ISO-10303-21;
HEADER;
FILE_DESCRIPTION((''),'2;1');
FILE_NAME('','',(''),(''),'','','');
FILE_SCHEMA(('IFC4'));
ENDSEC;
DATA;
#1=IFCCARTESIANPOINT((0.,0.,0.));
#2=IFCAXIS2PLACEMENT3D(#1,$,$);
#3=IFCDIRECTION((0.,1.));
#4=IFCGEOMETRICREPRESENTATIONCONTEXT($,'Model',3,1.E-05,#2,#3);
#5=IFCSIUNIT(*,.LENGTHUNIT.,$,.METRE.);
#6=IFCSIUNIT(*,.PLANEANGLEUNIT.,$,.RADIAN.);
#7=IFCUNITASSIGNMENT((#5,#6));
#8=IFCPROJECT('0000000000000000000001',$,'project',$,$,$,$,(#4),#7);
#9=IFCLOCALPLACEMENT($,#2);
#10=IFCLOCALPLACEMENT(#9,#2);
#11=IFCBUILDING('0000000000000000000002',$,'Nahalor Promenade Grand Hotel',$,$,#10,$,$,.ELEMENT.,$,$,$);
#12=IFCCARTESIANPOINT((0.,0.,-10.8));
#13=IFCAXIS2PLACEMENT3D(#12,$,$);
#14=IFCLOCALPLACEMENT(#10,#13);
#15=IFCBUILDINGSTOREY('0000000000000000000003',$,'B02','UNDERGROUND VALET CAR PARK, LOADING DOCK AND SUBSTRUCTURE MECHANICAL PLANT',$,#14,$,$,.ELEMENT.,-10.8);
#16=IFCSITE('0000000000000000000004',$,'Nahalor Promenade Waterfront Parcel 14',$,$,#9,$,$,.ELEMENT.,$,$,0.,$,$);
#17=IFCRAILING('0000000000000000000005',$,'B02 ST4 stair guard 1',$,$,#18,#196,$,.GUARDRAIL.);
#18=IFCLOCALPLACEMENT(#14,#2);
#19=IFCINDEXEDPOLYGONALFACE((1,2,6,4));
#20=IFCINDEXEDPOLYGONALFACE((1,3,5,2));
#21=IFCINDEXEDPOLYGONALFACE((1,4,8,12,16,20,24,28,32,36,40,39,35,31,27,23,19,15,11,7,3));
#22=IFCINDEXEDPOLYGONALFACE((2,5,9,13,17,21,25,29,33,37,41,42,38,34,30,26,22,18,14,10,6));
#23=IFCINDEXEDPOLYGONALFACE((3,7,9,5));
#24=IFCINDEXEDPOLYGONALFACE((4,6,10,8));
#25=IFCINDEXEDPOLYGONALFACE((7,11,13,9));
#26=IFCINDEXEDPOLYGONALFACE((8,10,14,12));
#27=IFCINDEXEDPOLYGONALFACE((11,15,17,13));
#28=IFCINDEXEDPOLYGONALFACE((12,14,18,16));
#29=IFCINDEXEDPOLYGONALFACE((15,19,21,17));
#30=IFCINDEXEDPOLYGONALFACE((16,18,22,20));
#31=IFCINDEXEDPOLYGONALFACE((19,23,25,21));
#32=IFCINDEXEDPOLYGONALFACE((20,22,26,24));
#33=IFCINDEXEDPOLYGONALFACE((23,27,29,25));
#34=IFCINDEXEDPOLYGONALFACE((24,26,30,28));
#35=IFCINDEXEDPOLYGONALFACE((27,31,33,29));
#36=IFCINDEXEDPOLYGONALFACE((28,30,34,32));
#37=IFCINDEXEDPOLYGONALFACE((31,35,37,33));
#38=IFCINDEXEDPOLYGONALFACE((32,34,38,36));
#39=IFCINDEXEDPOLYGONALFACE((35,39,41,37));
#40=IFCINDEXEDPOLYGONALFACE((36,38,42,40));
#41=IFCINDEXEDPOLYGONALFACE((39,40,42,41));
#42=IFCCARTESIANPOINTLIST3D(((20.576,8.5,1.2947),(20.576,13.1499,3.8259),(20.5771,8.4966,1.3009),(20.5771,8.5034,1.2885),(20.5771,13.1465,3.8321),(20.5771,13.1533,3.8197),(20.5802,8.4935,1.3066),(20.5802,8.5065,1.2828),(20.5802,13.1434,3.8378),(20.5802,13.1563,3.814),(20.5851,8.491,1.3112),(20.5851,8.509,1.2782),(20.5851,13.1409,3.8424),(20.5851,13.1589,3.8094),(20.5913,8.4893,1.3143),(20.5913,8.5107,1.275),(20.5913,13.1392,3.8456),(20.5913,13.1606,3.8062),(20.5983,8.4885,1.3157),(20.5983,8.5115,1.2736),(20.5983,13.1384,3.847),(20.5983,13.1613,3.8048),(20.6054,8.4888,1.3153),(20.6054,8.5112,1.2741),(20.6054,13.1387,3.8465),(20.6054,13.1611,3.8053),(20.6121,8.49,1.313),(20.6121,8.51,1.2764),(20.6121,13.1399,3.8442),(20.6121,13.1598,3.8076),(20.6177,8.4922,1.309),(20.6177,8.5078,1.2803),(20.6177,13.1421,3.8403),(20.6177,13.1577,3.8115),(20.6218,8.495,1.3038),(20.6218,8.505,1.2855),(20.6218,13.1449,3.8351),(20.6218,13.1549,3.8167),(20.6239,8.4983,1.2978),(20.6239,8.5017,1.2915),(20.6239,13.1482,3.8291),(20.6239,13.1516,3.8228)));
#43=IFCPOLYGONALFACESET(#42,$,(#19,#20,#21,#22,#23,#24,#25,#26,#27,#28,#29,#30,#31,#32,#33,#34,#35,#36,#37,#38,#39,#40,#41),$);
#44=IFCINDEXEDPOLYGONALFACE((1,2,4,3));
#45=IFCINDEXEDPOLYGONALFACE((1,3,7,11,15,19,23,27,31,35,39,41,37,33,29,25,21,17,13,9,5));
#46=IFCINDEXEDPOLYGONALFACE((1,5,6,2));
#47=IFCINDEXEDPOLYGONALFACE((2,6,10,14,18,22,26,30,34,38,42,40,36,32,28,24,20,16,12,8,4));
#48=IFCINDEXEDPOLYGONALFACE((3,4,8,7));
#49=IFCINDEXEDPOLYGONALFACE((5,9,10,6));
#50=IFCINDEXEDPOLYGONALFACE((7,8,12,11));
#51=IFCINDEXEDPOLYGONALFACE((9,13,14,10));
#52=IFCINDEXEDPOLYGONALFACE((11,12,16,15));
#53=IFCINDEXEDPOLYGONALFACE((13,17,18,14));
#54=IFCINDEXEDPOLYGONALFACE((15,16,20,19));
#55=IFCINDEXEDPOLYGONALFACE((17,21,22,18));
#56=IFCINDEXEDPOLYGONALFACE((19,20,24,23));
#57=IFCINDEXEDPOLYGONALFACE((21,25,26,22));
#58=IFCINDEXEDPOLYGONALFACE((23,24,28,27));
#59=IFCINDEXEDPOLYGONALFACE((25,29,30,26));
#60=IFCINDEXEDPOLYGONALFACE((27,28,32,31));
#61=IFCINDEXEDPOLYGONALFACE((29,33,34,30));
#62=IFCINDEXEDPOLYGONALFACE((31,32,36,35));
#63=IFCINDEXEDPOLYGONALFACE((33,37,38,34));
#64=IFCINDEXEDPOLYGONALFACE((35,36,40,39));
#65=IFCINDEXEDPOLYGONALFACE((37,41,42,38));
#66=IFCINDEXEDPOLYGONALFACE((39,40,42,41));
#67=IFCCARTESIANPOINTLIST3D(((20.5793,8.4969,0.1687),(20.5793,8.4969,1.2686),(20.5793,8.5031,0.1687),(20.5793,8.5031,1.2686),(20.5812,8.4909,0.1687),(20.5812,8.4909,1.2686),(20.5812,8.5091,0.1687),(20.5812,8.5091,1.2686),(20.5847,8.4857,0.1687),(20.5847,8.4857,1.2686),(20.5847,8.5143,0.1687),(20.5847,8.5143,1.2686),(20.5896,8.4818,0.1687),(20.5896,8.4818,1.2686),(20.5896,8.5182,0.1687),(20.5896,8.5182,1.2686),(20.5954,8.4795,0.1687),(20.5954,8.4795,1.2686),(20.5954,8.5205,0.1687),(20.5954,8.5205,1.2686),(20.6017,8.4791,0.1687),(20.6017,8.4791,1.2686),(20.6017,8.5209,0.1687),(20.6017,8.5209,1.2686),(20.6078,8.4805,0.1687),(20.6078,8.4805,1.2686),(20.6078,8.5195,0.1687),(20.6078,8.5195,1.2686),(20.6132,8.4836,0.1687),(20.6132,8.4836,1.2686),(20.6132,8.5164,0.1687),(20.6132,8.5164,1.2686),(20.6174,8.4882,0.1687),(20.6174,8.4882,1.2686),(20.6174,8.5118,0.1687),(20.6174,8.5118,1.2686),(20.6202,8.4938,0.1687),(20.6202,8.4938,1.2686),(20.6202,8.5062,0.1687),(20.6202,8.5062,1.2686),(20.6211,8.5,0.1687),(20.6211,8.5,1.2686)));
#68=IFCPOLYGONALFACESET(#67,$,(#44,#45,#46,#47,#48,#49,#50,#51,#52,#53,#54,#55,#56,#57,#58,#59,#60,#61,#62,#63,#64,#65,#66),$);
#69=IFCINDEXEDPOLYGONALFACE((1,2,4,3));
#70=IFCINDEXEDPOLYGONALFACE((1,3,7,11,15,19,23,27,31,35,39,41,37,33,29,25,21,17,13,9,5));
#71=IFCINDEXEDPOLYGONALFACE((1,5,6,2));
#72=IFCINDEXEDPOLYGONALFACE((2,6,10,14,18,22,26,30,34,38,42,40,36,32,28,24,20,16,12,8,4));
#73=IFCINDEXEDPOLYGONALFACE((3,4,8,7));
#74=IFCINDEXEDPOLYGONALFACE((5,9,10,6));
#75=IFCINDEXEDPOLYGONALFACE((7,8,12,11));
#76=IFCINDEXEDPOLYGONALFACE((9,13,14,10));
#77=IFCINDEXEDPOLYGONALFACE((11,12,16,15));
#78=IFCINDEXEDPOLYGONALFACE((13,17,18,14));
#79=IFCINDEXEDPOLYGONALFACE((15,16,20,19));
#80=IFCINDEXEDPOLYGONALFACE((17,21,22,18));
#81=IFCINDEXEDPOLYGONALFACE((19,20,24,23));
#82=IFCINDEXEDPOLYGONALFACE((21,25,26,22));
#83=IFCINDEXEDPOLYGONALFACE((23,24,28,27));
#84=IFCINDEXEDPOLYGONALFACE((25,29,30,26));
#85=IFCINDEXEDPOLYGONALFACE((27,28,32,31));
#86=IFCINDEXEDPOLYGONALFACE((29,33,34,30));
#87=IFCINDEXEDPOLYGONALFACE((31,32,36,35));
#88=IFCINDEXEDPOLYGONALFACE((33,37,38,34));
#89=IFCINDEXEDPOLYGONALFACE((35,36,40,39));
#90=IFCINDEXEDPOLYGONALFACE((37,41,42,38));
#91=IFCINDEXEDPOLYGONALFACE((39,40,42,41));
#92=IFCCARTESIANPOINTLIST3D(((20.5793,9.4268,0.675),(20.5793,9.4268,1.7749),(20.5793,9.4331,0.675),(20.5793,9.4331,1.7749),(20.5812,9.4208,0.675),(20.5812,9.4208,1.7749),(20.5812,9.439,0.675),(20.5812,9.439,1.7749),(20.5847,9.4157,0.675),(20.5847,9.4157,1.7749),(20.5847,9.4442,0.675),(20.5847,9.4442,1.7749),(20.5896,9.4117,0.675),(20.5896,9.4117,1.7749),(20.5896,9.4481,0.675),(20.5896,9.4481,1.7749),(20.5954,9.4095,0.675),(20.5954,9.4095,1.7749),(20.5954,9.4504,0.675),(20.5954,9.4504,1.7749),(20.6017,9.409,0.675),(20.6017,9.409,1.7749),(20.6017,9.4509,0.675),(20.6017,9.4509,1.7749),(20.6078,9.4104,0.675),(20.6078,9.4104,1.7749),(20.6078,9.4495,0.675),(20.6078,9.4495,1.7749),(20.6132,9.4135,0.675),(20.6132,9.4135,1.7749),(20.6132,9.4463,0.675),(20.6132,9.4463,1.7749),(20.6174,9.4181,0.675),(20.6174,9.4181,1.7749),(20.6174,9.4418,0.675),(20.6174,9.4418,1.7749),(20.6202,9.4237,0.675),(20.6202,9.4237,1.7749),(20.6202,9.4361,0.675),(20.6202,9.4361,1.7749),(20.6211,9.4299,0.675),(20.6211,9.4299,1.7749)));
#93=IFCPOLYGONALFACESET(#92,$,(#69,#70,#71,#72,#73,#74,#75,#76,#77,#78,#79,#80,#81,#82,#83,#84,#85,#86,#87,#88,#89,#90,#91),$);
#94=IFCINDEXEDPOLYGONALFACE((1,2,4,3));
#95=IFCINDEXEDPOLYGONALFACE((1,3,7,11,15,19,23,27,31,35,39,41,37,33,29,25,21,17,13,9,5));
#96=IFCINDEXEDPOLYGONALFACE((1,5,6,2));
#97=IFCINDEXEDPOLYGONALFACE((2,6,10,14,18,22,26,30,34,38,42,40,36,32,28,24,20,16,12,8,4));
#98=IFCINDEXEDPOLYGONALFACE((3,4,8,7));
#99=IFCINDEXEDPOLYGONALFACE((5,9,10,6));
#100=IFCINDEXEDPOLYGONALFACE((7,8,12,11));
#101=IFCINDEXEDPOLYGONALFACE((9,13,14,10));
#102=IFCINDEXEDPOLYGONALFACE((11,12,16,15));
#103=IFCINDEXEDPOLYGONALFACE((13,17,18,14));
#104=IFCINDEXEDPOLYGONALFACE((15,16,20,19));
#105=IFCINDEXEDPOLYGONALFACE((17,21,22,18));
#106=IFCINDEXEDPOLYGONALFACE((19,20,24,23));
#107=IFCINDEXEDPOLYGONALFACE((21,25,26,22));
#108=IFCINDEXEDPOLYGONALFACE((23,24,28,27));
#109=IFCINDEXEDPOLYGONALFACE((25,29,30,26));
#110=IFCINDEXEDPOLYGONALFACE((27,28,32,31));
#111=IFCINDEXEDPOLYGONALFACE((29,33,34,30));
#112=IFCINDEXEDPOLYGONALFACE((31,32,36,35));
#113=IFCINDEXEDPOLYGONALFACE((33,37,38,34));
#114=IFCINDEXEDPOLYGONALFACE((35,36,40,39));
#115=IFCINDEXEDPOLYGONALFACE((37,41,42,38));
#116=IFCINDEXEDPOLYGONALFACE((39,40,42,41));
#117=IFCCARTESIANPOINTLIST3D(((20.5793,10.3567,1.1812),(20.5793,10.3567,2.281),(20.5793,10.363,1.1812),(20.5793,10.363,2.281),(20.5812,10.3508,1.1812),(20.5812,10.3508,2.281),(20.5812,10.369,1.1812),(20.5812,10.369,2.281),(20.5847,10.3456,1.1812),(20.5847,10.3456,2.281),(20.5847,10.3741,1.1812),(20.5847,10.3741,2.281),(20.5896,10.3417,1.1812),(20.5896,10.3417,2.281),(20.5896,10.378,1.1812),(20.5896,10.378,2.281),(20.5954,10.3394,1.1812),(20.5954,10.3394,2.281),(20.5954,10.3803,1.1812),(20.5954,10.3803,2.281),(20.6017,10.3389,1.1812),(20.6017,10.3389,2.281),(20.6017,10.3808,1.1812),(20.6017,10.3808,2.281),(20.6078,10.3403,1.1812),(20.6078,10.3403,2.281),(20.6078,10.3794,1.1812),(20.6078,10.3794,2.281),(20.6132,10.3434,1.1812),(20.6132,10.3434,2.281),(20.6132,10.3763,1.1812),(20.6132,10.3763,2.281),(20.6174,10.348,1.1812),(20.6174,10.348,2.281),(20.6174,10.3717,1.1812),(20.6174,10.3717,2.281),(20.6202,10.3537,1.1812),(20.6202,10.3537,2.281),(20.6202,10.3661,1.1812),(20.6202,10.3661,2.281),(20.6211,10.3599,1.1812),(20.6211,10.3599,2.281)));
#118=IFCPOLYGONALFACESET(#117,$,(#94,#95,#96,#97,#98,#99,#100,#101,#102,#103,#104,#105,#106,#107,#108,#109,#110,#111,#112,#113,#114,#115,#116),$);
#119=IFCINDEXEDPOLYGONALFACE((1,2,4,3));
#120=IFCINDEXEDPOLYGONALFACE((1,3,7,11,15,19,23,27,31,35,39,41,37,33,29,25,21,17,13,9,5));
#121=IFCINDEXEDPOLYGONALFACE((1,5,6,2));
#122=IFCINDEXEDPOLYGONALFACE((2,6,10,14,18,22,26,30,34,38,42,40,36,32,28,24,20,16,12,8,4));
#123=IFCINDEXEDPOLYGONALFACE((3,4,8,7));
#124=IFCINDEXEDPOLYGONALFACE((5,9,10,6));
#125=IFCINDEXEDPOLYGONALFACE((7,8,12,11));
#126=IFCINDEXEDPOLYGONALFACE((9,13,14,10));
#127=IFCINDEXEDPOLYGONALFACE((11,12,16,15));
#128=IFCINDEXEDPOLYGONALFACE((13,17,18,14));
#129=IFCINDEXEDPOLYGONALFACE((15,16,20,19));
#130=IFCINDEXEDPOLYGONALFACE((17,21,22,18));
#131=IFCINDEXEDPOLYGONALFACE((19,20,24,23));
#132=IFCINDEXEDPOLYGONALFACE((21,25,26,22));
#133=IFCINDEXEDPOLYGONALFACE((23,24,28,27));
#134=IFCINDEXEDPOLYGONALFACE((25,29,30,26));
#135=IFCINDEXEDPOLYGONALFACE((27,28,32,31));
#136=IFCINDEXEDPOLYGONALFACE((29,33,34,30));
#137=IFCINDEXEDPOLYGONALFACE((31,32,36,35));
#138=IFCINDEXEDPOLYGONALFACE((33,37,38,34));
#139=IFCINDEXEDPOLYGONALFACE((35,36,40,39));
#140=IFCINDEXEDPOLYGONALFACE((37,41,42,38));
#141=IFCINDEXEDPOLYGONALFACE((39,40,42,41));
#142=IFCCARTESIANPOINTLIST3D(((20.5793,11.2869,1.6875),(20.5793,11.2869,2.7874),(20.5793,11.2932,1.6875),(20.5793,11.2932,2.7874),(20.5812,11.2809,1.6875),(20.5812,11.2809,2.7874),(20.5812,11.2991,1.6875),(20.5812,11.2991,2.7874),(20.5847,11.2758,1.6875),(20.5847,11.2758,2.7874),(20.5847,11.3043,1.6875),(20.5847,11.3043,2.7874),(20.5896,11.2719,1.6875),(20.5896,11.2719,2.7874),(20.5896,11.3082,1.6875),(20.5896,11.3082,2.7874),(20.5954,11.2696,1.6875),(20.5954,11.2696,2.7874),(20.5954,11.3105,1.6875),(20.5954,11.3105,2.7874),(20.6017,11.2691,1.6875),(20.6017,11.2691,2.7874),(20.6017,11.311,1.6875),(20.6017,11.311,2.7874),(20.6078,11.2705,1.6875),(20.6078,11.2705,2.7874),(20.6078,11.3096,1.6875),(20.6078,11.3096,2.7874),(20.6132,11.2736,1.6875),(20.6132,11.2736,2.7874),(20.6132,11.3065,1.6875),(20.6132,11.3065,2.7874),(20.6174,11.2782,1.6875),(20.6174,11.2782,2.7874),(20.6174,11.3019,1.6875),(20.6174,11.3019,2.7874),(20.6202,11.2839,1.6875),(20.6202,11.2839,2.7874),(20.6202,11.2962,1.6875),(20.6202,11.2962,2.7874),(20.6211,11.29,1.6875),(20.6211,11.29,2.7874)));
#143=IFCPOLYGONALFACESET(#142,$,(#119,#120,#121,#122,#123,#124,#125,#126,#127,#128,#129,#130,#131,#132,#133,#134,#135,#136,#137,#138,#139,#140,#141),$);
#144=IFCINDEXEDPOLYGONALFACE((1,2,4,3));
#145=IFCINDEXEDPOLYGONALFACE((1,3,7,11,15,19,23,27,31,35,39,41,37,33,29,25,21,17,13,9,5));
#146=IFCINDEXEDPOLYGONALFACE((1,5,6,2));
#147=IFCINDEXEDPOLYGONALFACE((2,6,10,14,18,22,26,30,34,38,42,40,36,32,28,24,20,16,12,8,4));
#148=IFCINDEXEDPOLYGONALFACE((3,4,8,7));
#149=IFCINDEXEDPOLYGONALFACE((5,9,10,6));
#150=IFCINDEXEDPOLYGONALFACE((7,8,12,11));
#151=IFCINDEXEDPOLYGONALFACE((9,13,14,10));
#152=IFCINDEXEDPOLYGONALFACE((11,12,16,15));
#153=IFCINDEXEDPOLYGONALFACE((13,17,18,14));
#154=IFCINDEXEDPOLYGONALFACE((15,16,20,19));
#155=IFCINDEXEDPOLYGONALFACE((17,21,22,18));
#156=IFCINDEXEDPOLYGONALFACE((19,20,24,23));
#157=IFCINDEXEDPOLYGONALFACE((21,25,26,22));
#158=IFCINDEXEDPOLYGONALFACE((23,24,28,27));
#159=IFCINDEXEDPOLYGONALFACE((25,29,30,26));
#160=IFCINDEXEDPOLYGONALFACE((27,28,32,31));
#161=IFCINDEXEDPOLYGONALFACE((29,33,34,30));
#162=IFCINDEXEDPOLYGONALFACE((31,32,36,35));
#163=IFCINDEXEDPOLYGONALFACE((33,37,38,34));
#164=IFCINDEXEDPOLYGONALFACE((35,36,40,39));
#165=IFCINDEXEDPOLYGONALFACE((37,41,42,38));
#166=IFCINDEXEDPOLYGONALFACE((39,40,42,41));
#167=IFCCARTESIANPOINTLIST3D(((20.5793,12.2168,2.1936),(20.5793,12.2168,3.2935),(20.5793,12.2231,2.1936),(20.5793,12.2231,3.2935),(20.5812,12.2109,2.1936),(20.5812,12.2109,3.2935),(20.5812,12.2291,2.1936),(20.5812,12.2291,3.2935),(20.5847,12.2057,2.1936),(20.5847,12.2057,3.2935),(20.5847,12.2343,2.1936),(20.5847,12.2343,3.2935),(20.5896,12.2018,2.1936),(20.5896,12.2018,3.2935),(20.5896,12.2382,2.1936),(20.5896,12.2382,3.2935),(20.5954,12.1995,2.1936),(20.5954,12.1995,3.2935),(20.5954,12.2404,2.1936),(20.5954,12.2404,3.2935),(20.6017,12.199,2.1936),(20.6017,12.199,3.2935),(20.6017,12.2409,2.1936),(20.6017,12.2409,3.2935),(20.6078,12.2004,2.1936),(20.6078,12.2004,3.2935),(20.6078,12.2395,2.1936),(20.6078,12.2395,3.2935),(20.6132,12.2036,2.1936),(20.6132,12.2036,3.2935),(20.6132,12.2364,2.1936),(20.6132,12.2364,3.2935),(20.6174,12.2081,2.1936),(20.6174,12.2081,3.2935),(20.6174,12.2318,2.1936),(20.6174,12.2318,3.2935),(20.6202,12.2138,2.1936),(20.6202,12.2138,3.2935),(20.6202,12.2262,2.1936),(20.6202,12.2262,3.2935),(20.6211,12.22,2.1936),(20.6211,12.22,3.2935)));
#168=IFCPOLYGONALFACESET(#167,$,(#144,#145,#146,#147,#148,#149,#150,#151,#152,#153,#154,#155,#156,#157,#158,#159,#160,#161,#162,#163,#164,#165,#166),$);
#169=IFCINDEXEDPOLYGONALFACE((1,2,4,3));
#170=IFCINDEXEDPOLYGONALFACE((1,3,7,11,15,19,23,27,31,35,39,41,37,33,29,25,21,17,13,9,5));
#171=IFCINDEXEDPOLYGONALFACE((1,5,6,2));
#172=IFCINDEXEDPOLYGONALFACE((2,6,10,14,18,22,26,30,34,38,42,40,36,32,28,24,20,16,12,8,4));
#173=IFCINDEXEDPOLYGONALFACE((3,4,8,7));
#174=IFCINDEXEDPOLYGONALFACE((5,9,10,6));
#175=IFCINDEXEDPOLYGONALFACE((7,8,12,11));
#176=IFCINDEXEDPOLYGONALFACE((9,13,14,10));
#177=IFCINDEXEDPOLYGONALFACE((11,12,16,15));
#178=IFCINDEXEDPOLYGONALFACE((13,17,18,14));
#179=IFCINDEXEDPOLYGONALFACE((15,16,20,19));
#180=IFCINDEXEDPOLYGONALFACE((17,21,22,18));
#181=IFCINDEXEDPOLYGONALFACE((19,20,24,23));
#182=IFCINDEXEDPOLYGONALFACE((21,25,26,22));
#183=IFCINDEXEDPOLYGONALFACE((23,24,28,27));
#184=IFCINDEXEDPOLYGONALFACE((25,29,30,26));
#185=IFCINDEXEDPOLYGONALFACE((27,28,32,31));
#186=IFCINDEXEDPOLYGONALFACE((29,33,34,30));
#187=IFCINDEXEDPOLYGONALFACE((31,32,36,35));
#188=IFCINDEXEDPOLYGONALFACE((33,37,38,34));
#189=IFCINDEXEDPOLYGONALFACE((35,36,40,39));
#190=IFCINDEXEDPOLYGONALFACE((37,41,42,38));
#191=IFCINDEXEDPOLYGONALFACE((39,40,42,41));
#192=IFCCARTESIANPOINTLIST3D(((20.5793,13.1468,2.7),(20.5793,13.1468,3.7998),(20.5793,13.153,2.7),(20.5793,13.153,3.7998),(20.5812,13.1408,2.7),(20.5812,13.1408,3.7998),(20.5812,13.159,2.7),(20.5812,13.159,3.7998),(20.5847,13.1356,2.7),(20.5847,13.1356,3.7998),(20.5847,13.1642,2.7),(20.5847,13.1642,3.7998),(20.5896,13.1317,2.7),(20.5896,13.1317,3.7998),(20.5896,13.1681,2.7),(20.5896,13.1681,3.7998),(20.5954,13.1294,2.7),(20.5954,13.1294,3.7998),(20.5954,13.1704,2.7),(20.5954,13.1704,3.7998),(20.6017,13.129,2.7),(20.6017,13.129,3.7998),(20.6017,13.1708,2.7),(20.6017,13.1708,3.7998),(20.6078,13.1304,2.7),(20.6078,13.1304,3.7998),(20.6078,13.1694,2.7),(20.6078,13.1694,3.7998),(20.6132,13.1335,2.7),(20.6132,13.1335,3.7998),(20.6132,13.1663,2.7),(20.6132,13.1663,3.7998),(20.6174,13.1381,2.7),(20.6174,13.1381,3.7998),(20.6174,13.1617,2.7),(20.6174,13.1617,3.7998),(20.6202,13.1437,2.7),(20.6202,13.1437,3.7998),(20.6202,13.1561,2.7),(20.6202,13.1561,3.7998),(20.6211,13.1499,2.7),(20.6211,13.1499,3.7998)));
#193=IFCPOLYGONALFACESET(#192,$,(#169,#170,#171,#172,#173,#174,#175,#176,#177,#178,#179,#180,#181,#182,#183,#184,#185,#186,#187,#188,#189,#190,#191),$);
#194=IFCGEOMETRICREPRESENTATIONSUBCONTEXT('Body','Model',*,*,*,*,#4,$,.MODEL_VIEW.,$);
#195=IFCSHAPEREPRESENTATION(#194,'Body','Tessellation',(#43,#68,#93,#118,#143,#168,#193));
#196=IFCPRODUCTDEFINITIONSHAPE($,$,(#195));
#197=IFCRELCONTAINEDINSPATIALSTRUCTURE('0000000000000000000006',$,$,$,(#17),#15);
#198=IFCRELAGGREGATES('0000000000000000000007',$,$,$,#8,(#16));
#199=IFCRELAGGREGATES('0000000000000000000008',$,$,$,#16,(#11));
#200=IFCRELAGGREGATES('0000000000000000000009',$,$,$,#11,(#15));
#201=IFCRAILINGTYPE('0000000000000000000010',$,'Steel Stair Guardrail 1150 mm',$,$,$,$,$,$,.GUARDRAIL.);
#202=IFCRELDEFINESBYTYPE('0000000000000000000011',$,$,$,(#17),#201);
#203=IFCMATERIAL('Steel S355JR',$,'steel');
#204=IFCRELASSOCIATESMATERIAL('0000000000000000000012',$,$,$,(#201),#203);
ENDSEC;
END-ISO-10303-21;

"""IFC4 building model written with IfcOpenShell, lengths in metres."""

from ifc_helpers import new_model, si_unit, direction, frame, origin, origin_2d, place, context, subcontext, project, spatial, circle, extrude, material, type_object, element, save


model = new_model("IFC4")

# Units and contexts
model_context = context("Model", 3, precision=1e-05, world=origin(), true_north=direction((0.0, 1.0)))
body_context = subcontext(model_context, "Body", "Model", "MODEL_VIEW")
ifc_project = project(units=[si_unit("LENGTHUNIT", "METRE"), si_unit("PLANEANGLEUNIT", "RADIAN")], contexts=[model_context])

# Site, building, storey
site_placement = place(None, origin())
site = spatial("IfcSite", under=ifc_project, at=site_placement, Name="Nahalor Promenade Waterfront Parcel 14", CompositionType="ELEMENT", RefElevation=0.0)
building_placement = place(site_placement, origin())
building = spatial("IfcBuilding", under=site, at=building_placement, Name="Nahalor Promenade Grand Hotel", CompositionType="ELEMENT")
storey_placement = place(building_placement, frame((0.0, 0.0, -10.8)))
storey = spatial("IfcBuildingStorey", under=building, at=storey_placement, Name="B02", Description="UNDERGROUND VALET CAR PARK, LOADING DOCK AND SUBSTRUCTURE MECHANICAL PLANT", CompositionType="ELEMENT", Elevation=-10.8)

# Shared definitions
ifc_material_1 = material(Name="Steel S355JR", Category="steel")

# Railing
railing_type_1 = type_object("IfcRailingType", Name="Steel Stair Guardrail 1150 mm", PredefinedType="GUARDRAIL", material=ifc_material_1)
railing_1_placement = place(storey_placement, frame((20.6001, 8.5, 0.1687)))
element("IfcRailing", 1, at=railing_1_placement, inside=storey, type_object=railing_type_1, Name="B02 ST4 stair guard 1", PredefinedType="GUARDRAIL", context=body_context, shape_type="SweptSolid", body=[
    extrude(circle(Radius=0.024, at=origin_2d()), frame((0.0, 0.0, 1.126), z_axis=(0.0, 0.878297, 0.478115), x_axis=(-1.0, 0.0, 0.0)), (0.0, 0.0, 1.0), 5.2942),
    extrude(circle(Radius=0.021, at=origin_2d()), origin(), (0.0, 0.0, 1.0), 1.0999),
    extrude(circle(Radius=0.021, at=origin_2d()), frame((0.0, 0.9299, 0.5063)), (0.0, 0.0, 1.0), 1.0999),
    extrude(circle(Radius=0.021, at=origin_2d()), frame((0.0, 1.8599, 1.0125)), (0.0, 0.0, 1.0), 1.0999),
    extrude(circle(Radius=0.021, at=origin_2d()), frame((0.0, 2.79, 1.5188)), (0.0, 0.0, 1.0), 1.0999),
    extrude(circle(Radius=0.021, at=origin_2d()), frame((0.0, 3.72, 2.0249)), (0.0, 0.0, 1.0), 1.0999),
    extrude(circle(Radius=0.021, at=origin_2d()), frame((0.0, 4.6499, 2.5312)), (0.0, 0.0, 1.0), 1.0999),
])

save(model, "model.ifc")
